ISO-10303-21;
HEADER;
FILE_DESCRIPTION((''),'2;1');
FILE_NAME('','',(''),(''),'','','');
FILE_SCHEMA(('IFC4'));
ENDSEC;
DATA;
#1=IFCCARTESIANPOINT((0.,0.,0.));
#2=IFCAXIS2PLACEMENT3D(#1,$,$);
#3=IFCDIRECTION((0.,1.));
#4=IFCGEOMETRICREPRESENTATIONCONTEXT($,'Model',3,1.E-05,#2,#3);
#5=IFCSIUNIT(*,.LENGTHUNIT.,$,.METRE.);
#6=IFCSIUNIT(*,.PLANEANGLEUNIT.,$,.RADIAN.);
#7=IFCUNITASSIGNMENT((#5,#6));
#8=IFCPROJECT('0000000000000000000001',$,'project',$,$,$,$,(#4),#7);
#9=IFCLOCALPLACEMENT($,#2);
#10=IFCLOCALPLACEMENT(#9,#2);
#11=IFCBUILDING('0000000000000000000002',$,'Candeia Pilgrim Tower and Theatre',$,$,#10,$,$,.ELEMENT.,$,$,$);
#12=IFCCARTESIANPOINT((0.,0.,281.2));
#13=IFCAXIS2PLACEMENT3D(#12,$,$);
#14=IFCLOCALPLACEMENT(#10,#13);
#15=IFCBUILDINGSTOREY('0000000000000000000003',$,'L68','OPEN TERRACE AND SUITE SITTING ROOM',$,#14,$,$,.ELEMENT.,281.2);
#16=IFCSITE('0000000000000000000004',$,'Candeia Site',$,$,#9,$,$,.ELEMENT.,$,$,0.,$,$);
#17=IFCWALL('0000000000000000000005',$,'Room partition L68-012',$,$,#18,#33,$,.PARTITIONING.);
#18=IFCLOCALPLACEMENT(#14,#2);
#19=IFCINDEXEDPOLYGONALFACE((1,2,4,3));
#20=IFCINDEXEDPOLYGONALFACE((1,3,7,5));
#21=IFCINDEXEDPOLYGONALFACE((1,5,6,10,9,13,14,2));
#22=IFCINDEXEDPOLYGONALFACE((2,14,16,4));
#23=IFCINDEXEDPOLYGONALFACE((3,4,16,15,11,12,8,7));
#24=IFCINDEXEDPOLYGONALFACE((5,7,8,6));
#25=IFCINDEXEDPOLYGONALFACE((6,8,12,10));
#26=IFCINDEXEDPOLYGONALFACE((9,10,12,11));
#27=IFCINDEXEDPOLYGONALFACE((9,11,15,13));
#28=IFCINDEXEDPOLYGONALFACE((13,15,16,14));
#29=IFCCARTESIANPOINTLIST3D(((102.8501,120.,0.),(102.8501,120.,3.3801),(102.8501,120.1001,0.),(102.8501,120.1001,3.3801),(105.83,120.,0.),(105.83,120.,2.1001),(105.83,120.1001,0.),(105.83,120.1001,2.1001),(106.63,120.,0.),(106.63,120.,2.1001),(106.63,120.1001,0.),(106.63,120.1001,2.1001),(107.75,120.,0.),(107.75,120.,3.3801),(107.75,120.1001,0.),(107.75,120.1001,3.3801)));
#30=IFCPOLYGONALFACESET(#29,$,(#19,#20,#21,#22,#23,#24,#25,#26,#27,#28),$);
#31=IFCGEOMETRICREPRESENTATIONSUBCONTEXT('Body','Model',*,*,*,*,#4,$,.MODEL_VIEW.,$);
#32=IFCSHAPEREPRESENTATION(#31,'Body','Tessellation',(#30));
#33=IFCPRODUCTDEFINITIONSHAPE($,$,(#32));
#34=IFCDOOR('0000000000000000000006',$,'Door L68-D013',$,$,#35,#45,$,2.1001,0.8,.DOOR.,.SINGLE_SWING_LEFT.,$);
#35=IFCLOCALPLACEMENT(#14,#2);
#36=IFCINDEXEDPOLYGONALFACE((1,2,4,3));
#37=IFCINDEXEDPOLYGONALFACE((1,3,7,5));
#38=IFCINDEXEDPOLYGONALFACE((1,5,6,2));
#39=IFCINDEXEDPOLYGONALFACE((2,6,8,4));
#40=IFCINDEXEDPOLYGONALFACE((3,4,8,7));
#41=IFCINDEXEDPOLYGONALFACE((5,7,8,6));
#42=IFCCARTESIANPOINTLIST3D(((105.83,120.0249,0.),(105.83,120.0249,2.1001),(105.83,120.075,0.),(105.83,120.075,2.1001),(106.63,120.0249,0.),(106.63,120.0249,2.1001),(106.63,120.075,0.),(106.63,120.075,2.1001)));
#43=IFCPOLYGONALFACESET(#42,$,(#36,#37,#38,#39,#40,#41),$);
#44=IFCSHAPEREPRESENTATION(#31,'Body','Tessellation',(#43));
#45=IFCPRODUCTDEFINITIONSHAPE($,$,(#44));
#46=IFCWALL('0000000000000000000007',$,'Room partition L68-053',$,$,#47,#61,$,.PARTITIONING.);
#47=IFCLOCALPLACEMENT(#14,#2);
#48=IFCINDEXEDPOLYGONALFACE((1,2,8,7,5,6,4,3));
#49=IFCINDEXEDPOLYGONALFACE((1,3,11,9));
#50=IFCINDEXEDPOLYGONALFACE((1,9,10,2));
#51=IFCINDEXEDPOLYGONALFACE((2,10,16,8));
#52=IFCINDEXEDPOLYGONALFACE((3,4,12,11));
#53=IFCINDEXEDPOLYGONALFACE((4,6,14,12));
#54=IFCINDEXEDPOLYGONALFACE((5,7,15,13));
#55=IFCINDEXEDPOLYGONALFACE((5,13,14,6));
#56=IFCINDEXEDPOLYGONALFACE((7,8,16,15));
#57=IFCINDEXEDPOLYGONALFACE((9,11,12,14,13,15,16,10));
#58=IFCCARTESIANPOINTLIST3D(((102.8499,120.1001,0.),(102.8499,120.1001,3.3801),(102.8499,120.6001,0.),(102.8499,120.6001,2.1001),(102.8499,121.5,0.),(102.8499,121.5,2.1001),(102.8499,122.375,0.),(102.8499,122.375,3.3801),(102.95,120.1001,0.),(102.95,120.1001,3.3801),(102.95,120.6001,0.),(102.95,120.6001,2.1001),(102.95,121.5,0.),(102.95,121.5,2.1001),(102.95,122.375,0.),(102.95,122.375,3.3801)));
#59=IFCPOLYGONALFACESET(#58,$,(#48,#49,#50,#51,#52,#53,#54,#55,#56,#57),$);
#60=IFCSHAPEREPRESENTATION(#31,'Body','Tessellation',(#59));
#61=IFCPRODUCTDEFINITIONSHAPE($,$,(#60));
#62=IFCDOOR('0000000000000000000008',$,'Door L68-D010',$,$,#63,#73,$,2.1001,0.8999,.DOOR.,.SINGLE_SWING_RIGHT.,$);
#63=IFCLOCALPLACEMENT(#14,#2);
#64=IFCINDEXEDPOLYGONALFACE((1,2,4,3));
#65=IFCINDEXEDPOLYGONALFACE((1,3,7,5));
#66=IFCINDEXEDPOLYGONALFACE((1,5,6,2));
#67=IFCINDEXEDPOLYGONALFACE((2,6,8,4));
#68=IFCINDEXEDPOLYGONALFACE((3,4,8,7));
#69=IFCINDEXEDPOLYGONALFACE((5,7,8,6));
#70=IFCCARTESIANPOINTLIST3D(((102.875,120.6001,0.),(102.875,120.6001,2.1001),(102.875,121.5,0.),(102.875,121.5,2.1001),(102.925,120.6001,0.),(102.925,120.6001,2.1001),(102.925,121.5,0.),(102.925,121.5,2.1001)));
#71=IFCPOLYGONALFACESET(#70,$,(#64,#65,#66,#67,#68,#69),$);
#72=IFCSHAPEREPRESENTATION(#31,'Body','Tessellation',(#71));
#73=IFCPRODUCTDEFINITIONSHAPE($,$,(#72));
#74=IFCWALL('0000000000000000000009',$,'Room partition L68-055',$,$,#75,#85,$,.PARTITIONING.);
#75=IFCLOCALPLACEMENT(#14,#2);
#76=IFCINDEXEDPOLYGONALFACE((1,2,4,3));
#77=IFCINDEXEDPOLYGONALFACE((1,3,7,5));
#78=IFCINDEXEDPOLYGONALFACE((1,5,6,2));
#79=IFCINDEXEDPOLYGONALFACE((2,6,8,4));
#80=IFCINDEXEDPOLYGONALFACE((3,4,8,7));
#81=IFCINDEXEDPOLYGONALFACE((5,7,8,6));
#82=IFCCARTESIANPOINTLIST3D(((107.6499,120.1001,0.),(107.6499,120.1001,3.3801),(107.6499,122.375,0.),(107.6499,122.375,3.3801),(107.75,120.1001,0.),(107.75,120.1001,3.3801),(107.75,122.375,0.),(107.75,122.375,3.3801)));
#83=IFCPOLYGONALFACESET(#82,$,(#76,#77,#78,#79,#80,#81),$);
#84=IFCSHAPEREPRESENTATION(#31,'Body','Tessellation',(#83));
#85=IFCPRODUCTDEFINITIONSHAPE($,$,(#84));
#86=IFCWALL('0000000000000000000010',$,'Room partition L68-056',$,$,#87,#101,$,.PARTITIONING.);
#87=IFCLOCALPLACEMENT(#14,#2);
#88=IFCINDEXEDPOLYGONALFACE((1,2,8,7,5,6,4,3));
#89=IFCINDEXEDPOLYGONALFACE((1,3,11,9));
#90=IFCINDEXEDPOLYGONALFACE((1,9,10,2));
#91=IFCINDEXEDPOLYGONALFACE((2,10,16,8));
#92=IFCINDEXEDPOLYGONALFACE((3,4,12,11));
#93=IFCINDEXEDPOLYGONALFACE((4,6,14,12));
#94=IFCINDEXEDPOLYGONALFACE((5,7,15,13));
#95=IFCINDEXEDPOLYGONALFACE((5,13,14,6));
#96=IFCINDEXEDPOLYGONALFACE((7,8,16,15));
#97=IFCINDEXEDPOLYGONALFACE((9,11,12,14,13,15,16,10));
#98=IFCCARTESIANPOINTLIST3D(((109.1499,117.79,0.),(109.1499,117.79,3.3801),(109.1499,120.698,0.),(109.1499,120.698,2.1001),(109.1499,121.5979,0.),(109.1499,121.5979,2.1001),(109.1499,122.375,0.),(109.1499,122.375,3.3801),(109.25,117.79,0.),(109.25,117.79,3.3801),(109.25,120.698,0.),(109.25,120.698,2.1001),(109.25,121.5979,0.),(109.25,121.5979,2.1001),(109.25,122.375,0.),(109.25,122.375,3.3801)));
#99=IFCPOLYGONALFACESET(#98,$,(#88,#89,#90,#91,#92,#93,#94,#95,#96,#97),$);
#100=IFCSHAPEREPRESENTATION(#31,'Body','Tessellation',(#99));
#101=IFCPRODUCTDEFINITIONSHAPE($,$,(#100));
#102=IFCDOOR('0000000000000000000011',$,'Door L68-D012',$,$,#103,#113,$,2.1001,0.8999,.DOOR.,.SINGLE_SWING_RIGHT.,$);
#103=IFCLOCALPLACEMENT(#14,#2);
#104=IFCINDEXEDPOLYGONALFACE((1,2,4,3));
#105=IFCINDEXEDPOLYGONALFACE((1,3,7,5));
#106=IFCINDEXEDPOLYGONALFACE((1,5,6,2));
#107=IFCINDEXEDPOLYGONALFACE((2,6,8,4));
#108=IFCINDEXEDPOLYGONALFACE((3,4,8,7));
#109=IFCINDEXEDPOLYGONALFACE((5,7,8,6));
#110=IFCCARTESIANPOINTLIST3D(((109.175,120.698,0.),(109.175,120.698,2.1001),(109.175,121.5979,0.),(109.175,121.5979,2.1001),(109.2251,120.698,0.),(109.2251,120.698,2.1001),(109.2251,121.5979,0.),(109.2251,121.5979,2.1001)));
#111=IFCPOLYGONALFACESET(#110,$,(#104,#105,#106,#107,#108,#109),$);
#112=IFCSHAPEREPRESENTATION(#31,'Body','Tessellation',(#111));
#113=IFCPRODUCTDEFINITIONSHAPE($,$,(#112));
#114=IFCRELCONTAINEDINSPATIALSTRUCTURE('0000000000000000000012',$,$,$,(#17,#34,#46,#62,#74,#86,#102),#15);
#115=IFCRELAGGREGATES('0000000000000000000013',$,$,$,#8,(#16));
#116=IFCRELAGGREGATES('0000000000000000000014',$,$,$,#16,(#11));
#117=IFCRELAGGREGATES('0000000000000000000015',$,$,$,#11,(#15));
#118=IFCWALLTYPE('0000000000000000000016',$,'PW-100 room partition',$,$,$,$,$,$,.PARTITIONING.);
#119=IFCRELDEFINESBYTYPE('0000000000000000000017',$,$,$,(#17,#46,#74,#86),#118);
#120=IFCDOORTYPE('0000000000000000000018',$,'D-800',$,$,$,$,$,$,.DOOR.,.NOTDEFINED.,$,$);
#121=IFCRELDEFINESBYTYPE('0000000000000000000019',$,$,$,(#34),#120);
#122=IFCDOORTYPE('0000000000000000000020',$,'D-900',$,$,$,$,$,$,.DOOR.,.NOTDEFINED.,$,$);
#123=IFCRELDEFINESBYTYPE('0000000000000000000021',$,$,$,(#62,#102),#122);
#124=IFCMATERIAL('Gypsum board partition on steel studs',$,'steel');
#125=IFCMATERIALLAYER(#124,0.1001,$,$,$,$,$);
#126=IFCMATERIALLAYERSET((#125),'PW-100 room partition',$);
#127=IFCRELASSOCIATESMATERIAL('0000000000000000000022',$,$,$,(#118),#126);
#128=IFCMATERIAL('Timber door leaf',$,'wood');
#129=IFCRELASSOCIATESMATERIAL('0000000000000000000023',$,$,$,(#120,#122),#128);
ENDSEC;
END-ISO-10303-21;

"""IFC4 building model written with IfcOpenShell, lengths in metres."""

from ifc_helpers import new_model, si_unit, direction, frame, frame_2d, origin, place, context, subcontext, project, spatial, rectangle, extrude, material, layer, layer_set, type_object, element, fill, save


model = new_model("IFC4")

# Units and contexts
model_context = context("Model", 3, precision=1e-05, world=origin(), true_north=direction((0.0, 1.0)))
body_context = subcontext(model_context, "Body", "Model", "MODEL_VIEW")
ifc_project = project(units=[si_unit("LENGTHUNIT", "METRE"), si_unit("PLANEANGLEUNIT", "RADIAN")], contexts=[model_context])

# Site, building, storey
site_placement = place(None, origin())
site = spatial("IfcSite", under=ifc_project, at=site_placement, Name="Candeia Site", CompositionType="ELEMENT", RefElevation=0.0)
building_placement = place(site_placement, origin())
building = spatial("IfcBuilding", under=site, at=building_placement, Name="Candeia Pilgrim Tower and Theatre", CompositionType="ELEMENT")
storey_placement = place(building_placement, frame((0.0, 0.0, 281.2)))
storey = spatial("IfcBuildingStorey", under=building, at=storey_placement, Name="L68", Description="OPEN TERRACE AND SUITE SITTING ROOM", CompositionType="ELEMENT", Elevation=281.2)

# Walls, openings, doors
ifc_material_1 = material(Name="Gypsum board partition on steel studs", Category="steel")
ifc_layer_1 = layer(ifc_material_1, 0.1001)
ifc_layer_set_1 = layer_set([ifc_layer_1], Name="PW-100 room partition")
wall_type_1 = type_object("IfcWallType", Name="PW-100 room partition", PredefinedType="PARTITIONING", material=ifc_layer_set_1)
wall_1_placement = place(storey_placement, frame((102.8501, 120.05, 0.0), z_axis=(0.0, 0.0, 1.0), x_axis=(1.0, 0.0, 0.0)))
wall_1 = element("IfcWall", 1, at=wall_1_placement, inside=storey, type_object=wall_type_1, Name="Room partition L68-012", PredefinedType="PARTITIONING", context=body_context, shape_type="SweptSolid", body=[
    extrude(rectangle(XDim=4.8999, YDim=0.1001, at=frame_2d((2.45, 0.0))), origin(), (0.0, 0.0, 1.0), 3.3801),
])
opening_1_placement = place(wall_1_placement, frame((2.98, 0.0, 0.0)))
opening_1 = element("IfcOpeningElement", 2, at=opening_1_placement, cuts=wall_1, PredefinedType="OPENING", context=body_context, shape_type="SweptSolid", body=[
    extrude(rectangle(XDim=0.8, YDim=2.1001, at=frame_2d((0.3999, 1.05))), frame((0.0, 0.0601, 0.0), z_axis=(0.0, -1.0, 0.0), x_axis=(1.0, 0.0, 0.0)), (0.0, 0.0, 1.0), 0.1201),
])
ifc_material_2 = material(Name="Timber door leaf", Category="wood")
door_type_1 = type_object("IfcDoorType", Name="D-800", OperationType="NOTDEFINED", PredefinedType="DOOR", material=ifc_material_2)
door_1_placement = place(opening_1_placement, origin())
door_1 = element("IfcDoor", 3, at=door_1_placement, inside=storey, type_object=door_type_1, Name="Door L68-D013", OperationType="SINGLE_SWING_LEFT", OverallHeight=2.1001, OverallWidth=0.8, PredefinedType="DOOR", context=body_context, shape_type="SweptSolid", body=[
    extrude(rectangle(XDim=0.8, YDim=2.1001, at=frame_2d((0.3999, 1.05))), frame((0.0, 0.0249, 0.0), z_axis=(0.0, -1.0, 0.0), x_axis=(1.0, 0.0, 0.0)), (0.0, 0.0, 1.0), 0.05),
])
fill(opening_1, door_1)
wall_2_placement = place(storey_placement, frame((102.8999, 120.1001, 0.0), z_axis=(0.0, 0.0, 1.0), x_axis=(0.0, 1.0, 0.0)))
wall_2 = element("IfcWall", 4, at=wall_2_placement, inside=storey, type_object=wall_type_1, Name="Room partition L68-053", PredefinedType="PARTITIONING", context=body_context, shape_type="SweptSolid", body=[
    extrude(rectangle(XDim=2.2749, YDim=0.1001, at=frame_2d((1.1375, 0.0))), origin(), (0.0, 0.0, 1.0), 3.3801),
])
opening_2_placement = place(wall_2_placement, frame((0.5, 0.0, 0.0)))
opening_2 = element("IfcOpeningElement", 5, at=opening_2_placement, cuts=wall_2, PredefinedType="OPENING", context=body_context, shape_type="SweptSolid", body=[
    extrude(rectangle(XDim=0.8999, YDim=2.1001, at=frame_2d((0.45, 1.05))), frame((0.0, 0.0601, 0.0), z_axis=(0.0, -1.0, 0.0), x_axis=(1.0, 0.0, 0.0)), (0.0, 0.0, 1.0), 0.1201),
])
door_type_2 = type_object("IfcDoorType", Name="D-900", OperationType="NOTDEFINED", PredefinedType="DOOR", material=ifc_material_2)
door_2_placement = place(opening_2_placement, origin())
door_2 = element("IfcDoor", 6, at=door_2_placement, inside=storey, type_object=door_type_2, Name="Door L68-D010", OperationType="SINGLE_SWING_RIGHT", OverallHeight=2.1001, OverallWidth=0.8999, PredefinedType="DOOR", context=body_context, shape_type="SweptSolid", body=[
    extrude(rectangle(XDim=0.8999, YDim=2.1001, at=frame_2d((0.45, 1.05))), frame((0.0, 0.0249, 0.0), z_axis=(0.0, -1.0, 0.0), x_axis=(1.0, 0.0, 0.0)), (0.0, 0.0, 1.0), 0.05),
])
fill(opening_2, door_2)

# Wall
wall_3_placement = place(storey_placement, frame((107.7, 120.1001, 0.0), z_axis=(0.0, 0.0, 1.0), x_axis=(0.0, 1.0, 0.0)))
element("IfcWall", 7, at=wall_3_placement, inside=storey, type_object=wall_type_1, Name="Room partition L68-055", PredefinedType="PARTITIONING", context=body_context, shape_type="SweptSolid", body=[
    extrude(rectangle(XDim=2.2749, YDim=0.1001, at=frame_2d((1.1375, 0.0))), origin(), (0.0, 0.0, 1.0), 3.3801),
])

# Wall, opening, door
wall_4_placement = place(storey_placement, frame((109.2, 117.79, 0.0), z_axis=(0.0, 0.0, 1.0), x_axis=(0.0, 1.0, 0.0)))
wall_4 = element("IfcWall", 8, at=wall_4_placement, inside=storey, type_object=wall_type_1, Name="Room partition L68-056", PredefinedType="PARTITIONING", context=body_context, shape_type="SweptSolid", body=[
    extrude(rectangle(XDim=4.585, YDim=0.1001, at=frame_2d((2.2925, 0.0))), origin(), (0.0, 0.0, 1.0), 3.3801),
])
opening_3_placement = place(wall_4_placement, frame((2.908, 0.0, 0.0)))
opening_3 = element("IfcOpeningElement", 9, at=opening_3_placement, cuts=wall_4, PredefinedType="OPENING", context=body_context, shape_type="SweptSolid", body=[
    extrude(rectangle(XDim=0.8999, YDim=2.1001, at=frame_2d((0.45, 1.05))), frame((0.0, 0.0601, 0.0), z_axis=(0.0, -1.0, 0.0), x_axis=(1.0, 0.0, 0.0)), (0.0, 0.0, 1.0), 0.1201),
])
door_3_placement = place(opening_3_placement, origin())
door_3 = element("IfcDoor", 10, at=door_3_placement, inside=storey, type_object=door_type_2, Name="Door L68-D012", OperationType="SINGLE_SWING_RIGHT", OverallHeight=2.1001, OverallWidth=0.8999, PredefinedType="DOOR", context=body_context, shape_type="SweptSolid", body=[
    extrude(rectangle(XDim=0.8999, YDim=2.1001, at=frame_2d((0.45, 1.05))), frame((0.0, 0.0249, 0.0), z_axis=(0.0, -1.0, 0.0), x_axis=(1.0, 0.0, 0.0)), (0.0, 0.0, 1.0), 0.05),
])
fill(opening_3, door_3)

save(model, "model.ifc")
